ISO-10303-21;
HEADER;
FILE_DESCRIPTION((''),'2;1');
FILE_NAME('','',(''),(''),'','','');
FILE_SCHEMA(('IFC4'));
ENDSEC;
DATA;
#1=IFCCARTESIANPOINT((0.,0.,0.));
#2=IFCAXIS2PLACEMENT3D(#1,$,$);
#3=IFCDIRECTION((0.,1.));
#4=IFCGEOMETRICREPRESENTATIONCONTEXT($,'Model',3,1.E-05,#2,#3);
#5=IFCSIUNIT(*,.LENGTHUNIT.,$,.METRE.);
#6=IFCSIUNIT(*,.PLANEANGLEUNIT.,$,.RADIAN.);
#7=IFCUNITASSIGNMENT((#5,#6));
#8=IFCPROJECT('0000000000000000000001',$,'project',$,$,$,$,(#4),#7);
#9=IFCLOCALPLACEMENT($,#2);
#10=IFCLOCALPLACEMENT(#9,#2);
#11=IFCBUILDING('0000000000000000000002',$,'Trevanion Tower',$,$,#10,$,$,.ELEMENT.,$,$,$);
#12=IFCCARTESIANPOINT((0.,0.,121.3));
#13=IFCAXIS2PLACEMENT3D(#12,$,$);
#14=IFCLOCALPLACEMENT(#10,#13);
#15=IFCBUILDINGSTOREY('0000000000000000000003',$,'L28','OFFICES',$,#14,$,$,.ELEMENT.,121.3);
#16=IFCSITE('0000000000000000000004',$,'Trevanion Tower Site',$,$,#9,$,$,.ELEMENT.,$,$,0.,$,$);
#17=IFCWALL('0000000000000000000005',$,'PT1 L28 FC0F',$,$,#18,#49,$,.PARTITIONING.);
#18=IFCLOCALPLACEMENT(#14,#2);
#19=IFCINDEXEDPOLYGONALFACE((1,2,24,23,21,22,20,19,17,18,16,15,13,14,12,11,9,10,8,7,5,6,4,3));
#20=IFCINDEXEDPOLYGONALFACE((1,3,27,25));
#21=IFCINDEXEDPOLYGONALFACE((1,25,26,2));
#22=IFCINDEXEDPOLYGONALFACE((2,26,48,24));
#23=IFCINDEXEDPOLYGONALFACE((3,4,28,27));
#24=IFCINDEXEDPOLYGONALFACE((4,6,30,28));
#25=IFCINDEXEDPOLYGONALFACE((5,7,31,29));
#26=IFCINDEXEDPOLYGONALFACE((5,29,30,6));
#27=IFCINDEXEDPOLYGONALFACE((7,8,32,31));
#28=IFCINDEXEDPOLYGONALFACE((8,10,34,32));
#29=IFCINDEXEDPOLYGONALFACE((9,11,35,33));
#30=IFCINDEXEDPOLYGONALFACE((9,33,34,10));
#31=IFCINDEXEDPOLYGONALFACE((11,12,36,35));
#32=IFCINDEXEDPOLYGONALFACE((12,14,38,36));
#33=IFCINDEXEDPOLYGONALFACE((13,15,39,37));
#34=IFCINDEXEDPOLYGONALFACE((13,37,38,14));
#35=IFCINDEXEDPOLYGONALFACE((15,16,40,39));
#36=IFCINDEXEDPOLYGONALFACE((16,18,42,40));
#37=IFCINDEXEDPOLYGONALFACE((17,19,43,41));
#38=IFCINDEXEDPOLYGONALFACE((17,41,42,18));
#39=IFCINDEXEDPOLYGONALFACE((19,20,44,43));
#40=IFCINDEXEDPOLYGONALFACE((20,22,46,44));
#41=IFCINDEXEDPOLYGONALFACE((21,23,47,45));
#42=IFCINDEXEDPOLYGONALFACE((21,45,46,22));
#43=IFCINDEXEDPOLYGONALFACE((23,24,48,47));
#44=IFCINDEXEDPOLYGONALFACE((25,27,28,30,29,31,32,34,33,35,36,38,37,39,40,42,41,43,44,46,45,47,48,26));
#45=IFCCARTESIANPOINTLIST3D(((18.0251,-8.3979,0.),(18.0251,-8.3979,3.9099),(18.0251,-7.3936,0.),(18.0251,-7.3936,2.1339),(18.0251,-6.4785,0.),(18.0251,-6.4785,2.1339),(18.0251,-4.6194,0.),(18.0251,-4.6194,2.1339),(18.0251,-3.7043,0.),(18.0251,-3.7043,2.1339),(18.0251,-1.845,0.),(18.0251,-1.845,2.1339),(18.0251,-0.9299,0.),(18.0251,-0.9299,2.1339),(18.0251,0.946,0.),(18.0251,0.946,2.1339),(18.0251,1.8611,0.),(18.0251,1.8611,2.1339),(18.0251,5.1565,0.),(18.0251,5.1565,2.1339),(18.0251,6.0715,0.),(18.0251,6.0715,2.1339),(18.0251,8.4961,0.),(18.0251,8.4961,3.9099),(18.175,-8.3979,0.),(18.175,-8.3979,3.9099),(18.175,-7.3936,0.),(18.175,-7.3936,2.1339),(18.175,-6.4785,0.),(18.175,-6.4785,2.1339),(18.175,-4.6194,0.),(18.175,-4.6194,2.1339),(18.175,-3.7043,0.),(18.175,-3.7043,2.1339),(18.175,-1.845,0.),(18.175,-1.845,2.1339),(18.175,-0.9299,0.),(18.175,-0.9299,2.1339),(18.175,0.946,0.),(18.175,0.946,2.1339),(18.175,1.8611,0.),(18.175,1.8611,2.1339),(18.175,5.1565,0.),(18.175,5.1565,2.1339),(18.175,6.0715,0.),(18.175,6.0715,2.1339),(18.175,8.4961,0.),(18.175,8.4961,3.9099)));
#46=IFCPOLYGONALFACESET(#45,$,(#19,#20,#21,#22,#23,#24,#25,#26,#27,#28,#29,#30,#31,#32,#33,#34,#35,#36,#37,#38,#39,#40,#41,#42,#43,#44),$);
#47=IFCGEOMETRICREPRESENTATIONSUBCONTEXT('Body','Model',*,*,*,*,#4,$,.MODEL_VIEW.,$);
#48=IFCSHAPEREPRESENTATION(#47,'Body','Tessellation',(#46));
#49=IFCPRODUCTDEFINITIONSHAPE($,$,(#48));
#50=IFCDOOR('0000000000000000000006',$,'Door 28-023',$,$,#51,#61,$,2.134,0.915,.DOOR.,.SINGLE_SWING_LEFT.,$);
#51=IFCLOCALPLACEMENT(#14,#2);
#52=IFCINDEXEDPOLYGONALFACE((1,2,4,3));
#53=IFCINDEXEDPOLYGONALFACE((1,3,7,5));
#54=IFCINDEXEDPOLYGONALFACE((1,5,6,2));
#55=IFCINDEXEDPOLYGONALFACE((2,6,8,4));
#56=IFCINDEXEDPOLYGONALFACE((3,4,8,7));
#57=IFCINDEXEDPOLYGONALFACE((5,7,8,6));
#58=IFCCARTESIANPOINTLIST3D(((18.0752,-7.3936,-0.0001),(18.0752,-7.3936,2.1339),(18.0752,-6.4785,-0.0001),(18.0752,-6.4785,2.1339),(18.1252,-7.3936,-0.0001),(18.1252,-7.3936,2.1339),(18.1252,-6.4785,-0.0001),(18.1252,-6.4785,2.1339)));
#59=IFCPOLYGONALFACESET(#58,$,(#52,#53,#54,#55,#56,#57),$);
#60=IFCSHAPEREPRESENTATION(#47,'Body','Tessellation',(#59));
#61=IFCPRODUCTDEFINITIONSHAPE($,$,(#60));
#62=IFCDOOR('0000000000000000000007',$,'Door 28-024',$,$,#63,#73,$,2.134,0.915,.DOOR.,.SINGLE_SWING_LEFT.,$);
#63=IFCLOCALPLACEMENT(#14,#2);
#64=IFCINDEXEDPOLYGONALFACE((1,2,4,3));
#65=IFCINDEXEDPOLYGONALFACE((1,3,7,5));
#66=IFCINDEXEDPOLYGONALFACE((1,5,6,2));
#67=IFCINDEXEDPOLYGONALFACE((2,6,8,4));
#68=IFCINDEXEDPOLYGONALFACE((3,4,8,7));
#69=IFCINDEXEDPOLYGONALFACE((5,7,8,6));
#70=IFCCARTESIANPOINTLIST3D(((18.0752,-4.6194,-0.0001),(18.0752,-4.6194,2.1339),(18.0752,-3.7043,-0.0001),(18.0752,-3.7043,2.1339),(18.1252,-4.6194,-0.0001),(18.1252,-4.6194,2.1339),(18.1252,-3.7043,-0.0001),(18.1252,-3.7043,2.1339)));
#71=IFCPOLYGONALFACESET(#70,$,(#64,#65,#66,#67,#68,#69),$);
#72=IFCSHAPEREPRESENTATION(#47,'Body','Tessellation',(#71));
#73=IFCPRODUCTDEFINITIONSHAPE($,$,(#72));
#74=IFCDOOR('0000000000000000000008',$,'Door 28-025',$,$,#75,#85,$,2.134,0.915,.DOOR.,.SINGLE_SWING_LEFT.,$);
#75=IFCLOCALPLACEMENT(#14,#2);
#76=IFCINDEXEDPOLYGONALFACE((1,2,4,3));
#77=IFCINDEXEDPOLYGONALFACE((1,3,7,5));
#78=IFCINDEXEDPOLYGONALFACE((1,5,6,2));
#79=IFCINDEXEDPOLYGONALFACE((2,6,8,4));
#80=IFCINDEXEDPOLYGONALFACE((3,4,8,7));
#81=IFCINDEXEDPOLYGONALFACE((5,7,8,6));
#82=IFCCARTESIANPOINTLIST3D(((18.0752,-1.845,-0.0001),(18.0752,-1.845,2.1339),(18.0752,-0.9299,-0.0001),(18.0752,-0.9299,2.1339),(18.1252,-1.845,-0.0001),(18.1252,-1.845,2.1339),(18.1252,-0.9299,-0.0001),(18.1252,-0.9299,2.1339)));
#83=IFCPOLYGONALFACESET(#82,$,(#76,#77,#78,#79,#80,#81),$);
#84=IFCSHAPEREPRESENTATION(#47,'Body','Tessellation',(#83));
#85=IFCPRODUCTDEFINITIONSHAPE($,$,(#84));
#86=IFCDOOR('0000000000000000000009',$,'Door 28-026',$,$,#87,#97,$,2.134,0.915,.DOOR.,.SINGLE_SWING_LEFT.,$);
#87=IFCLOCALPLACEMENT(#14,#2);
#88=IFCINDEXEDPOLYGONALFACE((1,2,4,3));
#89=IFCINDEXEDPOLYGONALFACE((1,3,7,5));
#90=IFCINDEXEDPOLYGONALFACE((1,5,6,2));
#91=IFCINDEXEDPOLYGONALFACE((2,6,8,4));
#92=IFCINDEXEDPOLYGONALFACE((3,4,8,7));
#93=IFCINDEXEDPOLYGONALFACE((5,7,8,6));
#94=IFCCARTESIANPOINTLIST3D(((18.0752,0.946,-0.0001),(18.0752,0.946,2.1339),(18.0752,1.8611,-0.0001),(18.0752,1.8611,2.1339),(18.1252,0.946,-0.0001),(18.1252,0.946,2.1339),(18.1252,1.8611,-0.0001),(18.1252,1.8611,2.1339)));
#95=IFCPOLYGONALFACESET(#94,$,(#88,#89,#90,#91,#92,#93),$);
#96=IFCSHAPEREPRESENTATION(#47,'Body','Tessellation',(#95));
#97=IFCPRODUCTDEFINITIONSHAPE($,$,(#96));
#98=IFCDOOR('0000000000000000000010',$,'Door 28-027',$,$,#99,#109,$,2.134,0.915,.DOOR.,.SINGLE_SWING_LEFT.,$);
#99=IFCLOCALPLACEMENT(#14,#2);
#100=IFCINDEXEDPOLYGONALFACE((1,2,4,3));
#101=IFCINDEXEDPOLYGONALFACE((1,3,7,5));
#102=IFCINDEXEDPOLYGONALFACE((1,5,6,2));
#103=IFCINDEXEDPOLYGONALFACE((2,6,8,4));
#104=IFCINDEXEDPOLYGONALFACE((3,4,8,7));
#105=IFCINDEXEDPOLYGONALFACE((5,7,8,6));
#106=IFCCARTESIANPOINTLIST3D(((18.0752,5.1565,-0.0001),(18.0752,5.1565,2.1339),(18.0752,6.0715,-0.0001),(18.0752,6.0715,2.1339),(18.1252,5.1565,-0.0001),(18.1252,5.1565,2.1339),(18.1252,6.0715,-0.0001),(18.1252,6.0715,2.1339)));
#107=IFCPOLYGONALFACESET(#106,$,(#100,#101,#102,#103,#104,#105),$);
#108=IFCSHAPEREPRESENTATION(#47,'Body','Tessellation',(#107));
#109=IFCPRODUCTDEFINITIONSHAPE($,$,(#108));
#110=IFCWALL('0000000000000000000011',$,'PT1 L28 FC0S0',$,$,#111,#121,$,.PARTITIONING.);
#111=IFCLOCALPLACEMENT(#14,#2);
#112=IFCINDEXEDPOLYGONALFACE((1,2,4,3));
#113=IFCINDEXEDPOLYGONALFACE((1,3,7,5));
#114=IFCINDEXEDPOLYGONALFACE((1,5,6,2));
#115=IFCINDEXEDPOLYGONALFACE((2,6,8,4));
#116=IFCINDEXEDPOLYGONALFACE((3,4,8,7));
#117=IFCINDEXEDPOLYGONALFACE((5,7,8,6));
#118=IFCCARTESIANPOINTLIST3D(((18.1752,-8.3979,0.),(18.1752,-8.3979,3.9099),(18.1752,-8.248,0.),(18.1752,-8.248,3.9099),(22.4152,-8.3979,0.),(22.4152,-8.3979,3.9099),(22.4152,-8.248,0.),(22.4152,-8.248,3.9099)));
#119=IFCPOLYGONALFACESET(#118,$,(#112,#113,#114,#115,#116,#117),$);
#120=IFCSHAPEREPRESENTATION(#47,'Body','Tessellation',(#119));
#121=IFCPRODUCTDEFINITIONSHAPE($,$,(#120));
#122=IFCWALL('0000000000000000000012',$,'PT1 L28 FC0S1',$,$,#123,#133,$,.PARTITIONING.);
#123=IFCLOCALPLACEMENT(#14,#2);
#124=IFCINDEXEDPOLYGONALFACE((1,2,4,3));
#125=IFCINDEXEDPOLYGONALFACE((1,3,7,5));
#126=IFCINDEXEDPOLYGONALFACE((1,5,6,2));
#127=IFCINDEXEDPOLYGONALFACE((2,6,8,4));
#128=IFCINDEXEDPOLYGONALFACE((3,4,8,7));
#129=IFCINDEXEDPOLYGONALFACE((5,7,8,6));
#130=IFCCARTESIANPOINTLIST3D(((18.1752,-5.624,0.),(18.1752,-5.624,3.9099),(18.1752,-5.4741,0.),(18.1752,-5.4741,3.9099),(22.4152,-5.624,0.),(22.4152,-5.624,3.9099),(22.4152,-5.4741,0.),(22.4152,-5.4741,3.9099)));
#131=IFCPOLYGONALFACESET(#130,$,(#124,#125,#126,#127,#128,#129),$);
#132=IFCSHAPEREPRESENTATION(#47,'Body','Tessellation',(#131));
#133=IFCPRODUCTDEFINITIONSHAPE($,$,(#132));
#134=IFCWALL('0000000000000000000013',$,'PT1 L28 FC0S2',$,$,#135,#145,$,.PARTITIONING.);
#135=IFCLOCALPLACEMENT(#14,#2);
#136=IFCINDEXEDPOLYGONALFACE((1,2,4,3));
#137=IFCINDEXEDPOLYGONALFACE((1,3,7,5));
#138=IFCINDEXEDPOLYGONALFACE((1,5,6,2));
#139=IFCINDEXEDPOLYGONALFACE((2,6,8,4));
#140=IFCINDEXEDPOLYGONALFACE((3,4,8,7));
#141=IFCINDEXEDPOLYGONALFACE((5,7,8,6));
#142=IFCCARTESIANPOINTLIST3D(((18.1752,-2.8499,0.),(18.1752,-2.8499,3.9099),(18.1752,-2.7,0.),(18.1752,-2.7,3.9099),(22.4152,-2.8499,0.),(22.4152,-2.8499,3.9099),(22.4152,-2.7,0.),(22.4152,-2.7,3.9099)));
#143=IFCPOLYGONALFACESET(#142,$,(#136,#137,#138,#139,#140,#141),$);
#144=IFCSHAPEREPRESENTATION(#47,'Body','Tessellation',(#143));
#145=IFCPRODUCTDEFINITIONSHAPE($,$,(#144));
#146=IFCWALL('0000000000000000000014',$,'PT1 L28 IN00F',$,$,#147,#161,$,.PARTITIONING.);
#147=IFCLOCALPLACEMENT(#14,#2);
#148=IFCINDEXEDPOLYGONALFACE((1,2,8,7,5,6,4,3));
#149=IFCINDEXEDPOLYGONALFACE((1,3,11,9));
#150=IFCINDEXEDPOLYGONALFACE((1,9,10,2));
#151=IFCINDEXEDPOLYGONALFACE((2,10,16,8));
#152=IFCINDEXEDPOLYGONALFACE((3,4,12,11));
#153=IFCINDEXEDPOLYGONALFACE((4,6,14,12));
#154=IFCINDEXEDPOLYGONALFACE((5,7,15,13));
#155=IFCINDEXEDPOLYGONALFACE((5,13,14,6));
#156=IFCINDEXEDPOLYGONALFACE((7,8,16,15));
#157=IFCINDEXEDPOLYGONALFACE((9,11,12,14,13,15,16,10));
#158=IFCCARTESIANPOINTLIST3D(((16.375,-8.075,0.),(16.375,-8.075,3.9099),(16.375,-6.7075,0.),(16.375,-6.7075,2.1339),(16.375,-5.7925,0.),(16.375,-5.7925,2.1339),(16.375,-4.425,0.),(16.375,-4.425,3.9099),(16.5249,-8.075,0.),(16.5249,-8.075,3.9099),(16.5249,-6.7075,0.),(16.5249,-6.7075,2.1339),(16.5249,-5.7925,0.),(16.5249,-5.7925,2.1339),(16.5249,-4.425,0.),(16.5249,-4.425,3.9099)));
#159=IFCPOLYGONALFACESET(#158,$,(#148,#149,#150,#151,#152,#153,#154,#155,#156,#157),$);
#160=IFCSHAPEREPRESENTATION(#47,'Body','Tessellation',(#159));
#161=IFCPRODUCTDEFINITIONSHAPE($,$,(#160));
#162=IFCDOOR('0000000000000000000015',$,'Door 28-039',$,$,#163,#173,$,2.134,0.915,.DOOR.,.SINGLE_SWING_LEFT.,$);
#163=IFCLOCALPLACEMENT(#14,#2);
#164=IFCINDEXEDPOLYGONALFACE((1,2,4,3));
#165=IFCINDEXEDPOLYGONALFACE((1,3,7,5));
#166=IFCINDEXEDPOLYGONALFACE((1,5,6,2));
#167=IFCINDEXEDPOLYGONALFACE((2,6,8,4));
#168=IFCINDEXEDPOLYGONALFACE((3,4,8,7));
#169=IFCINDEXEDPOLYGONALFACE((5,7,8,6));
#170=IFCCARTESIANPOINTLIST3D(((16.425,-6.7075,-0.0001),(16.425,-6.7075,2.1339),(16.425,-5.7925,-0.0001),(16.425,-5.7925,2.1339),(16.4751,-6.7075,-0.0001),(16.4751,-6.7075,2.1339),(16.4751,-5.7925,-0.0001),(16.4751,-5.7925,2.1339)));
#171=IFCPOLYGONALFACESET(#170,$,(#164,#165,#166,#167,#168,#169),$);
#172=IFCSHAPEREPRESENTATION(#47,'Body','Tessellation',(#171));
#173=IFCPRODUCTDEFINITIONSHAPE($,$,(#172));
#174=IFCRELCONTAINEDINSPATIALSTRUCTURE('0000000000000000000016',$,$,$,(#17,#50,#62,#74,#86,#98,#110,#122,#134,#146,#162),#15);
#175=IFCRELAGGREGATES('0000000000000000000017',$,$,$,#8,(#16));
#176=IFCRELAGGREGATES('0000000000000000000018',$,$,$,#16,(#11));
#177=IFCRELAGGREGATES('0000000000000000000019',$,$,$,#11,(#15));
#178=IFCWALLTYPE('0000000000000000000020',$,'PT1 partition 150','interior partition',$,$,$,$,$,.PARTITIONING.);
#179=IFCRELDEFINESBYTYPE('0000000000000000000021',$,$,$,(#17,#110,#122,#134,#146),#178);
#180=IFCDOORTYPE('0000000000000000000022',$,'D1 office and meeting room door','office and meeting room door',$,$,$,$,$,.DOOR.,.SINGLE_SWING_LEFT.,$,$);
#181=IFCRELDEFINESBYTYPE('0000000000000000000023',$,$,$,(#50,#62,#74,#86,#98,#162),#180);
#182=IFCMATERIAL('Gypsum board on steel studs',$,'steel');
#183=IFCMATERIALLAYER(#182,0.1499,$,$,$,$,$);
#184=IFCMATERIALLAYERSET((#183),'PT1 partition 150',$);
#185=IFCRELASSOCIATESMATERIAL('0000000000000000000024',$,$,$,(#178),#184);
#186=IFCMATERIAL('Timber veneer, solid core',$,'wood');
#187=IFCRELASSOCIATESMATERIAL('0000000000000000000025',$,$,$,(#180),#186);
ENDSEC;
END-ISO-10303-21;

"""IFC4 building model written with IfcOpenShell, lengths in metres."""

from ifc_helpers import new_model, si_unit, direction, frame, frame_2d, origin, place, context, subcontext, project, spatial, rectangle, extrude, material, layer, layer_set, type_object, element, fill, save


model = new_model("IFC4")

# Units and contexts
model_context = context("Model", 3, precision=1e-05, world=origin(), true_north=direction((0.0, 1.0)))
body_context = subcontext(model_context, "Body", "Model", "MODEL_VIEW")
ifc_project = project(units=[si_unit("LENGTHUNIT", "METRE"), si_unit("PLANEANGLEUNIT", "RADIAN")], contexts=[model_context])

# Site, building, storey
site_placement = place(None, origin())
site = spatial("IfcSite", under=ifc_project, at=site_placement, Name="Trevanion Tower Site", CompositionType="ELEMENT", RefElevation=0.0)
building_placement = place(site_placement, origin())
building = spatial("IfcBuilding", under=site, at=building_placement, Name="Trevanion Tower", CompositionType="ELEMENT")
storey_placement = place(building_placement, frame((0.0, 0.0, 121.3)))
storey = spatial("IfcBuildingStorey", under=building, at=storey_placement, Name="L28", Description="OFFICES", CompositionType="ELEMENT", Elevation=121.3)

# Wall, openings, doors
ifc_material_1 = material(Name="Gypsum board on steel studs", Category="steel")
ifc_layer_1 = layer(ifc_material_1, 0.1499)
ifc_layer_set_1 = layer_set([ifc_layer_1], Name="PT1 partition 150")
wall_type = type_object("IfcWallType", Name="PT1 partition 150", Description="interior partition", PredefinedType="PARTITIONING", material=ifc_layer_set_1)
wall_1_placement = place(storey_placement, frame((18.1001, -8.3979, 0.0), z_axis=(0.0, 0.0, 1.0), x_axis=(0.0, 1.0, 0.0)))
wall_1 = element("IfcWall", 1, at=wall_1_placement, inside=storey, type_object=wall_type, Name="PT1 L28 FC0F", PredefinedType="PARTITIONING", context=body_context, shape_type="SweptSolid", body=[
    extrude(rectangle(XDim=16.894, YDim=0.1499, at=frame_2d((8.447, 0.0))), origin(), (0.0, 0.0, 1.0), 3.9099),
])
opening_1_placement = place(wall_1_placement, frame((1.0044, 0.0, 0.0)))
opening_1 = element("IfcOpeningElement", 2, at=opening_1_placement, cuts=wall_1, PredefinedType="OPENING", context=body_context, shape_type="SweptSolid", body=[
    extrude(rectangle(XDim=0.915, YDim=2.134, at=frame_2d((0.4575, 1.0669))), frame((0.0, 0.085, 0.0), z_axis=(0.0, -1.0, 0.0), x_axis=(1.0, 0.0, 0.0)), (0.0, 0.0, 1.0), 0.1699),
])
opening_2_placement = place(wall_1_placement, frame((3.7786, 0.0, 0.0)))
opening_2 = element("IfcOpeningElement", 3, at=opening_2_placement, cuts=wall_1, PredefinedType="OPENING", context=body_context, shape_type="SweptSolid", body=[
    extrude(rectangle(XDim=0.915, YDim=2.134, at=frame_2d((0.4575, 1.0669))), frame((0.0, 0.085, 0.0), z_axis=(0.0, -1.0, 0.0), x_axis=(1.0, 0.0, 0.0)), (0.0, 0.0, 1.0), 0.1699),
])
opening_3_placement = place(wall_1_placement, frame((6.553, 0.0, 0.0)))
opening_3 = element("IfcOpeningElement", 4, at=opening_3_placement, cuts=wall_1, PredefinedType="OPENING", context=body_context, shape_type="SweptSolid", body=[
    extrude(rectangle(XDim=0.915, YDim=2.134, at=frame_2d((0.4575, 1.0669))), frame((0.0, 0.085, 0.0), z_axis=(0.0, -1.0, 0.0), x_axis=(1.0, 0.0, 0.0)), (0.0, 0.0, 1.0), 0.1699),
])
opening_4_placement = place(wall_1_placement, frame((9.344, 0.0, 0.0)))
opening_4 = element("IfcOpeningElement", 5, at=opening_4_placement, cuts=wall_1, PredefinedType="OPENING", context=body_context, shape_type="SweptSolid", body=[
    extrude(rectangle(XDim=0.915, YDim=2.134, at=frame_2d((0.4575, 1.0669))), frame((0.0, 0.085, 0.0), z_axis=(0.0, -1.0, 0.0), x_axis=(1.0, 0.0, 0.0)), (0.0, 0.0, 1.0), 0.1699),
])
opening_5_placement = place(wall_1_placement, frame((13.5544, 0.0, 0.0)))
opening_5 = element("IfcOpeningElement", 6, at=opening_5_placement, cuts=wall_1, PredefinedType="OPENING", context=body_context, shape_type="SweptSolid", body=[
    extrude(rectangle(XDim=0.915, YDim=2.134, at=frame_2d((0.4575, 1.0669))), frame((0.0, 0.085, 0.0), z_axis=(0.0, -1.0, 0.0), x_axis=(1.0, 0.0, 0.0)), (0.0, 0.0, 1.0), 0.1699),
])
ifc_material_2 = material(Name="Timber veneer, solid core", Category="wood")
door_type = type_object("IfcDoorType", Name="D1 office and meeting room door", Description="office and meeting room door", OperationType="SINGLE_SWING_LEFT", PredefinedType="DOOR", material=ifc_material_2)
door_1_placement = place(opening_1_placement, origin())
door_1 = element("IfcDoor", 7, at=door_1_placement, inside=storey, type_object=door_type, Name="Door 28-023", OperationType="SINGLE_SWING_LEFT", OverallHeight=2.134, OverallWidth=0.915, PredefinedType="DOOR", context=body_context, shape_type="SweptSolid", body=[
    extrude(rectangle(XDim=0.915, YDim=2.134, at=frame_2d((0.4575, 1.0669))), frame((0.0, 0.0249, 0.0), z_axis=(0.0, -1.0, 0.0), x_axis=(1.0, 0.0, 0.0)), (0.0, 0.0, 1.0), 0.05),
])
fill(opening_1, door_1)
door_2_placement = place(opening_2_placement, origin())
door_2 = element("IfcDoor", 8, at=door_2_placement, inside=storey, type_object=door_type, Name="Door 28-024", OperationType="SINGLE_SWING_LEFT", OverallHeight=2.134, OverallWidth=0.915, PredefinedType="DOOR", context=body_context, shape_type="SweptSolid", body=[
    extrude(rectangle(XDim=0.915, YDim=2.134, at=frame_2d((0.4575, 1.0669))), frame((0.0, 0.0249, 0.0), z_axis=(0.0, -1.0, 0.0), x_axis=(1.0, 0.0, 0.0)), (0.0, 0.0, 1.0), 0.05),
])
fill(opening_2, door_2)
door_3_placement = place(opening_3_placement, origin())
door_3 = element("IfcDoor", 9, at=door_3_placement, inside=storey, type_object=door_type, Name="Door 28-025", OperationType="SINGLE_SWING_LEFT", OverallHeight=2.134, OverallWidth=0.915, PredefinedType="DOOR", context=body_context, shape_type="SweptSolid", body=[
    extrude(rectangle(XDim=0.915, YDim=2.134, at=frame_2d((0.4575, 1.0669))), frame((0.0, 0.0249, 0.0), z_axis=(0.0, -1.0, 0.0), x_axis=(1.0, 0.0, 0.0)), (0.0, 0.0, 1.0), 0.05),
])
fill(opening_3, door_3)
door_4_placement = place(opening_4_placement, origin())
door_4 = element("IfcDoor", 10, at=door_4_placement, inside=storey, type_object=door_type, Name="Door 28-026", OperationType="SINGLE_SWING_LEFT", OverallHeight=2.134, OverallWidth=0.915, PredefinedType="DOOR", context=body_context, shape_type="SweptSolid", body=[
    extrude(rectangle(XDim=0.915, YDim=2.134, at=frame_2d((0.4575, 1.0669))), frame((0.0, 0.0249, 0.0), z_axis=(0.0, -1.0, 0.0), x_axis=(1.0, 0.0, 0.0)), (0.0, 0.0, 1.0), 0.05),
])
fill(opening_4, door_4)
door_5_placement = place(opening_5_placement, origin())
door_5 = element("IfcDoor", 11, at=door_5_placement, inside=storey, type_object=door_type, Name="Door 28-027", OperationType="SINGLE_SWING_LEFT", OverallHeight=2.134, OverallWidth=0.915, PredefinedType="DOOR", context=body_context, shape_type="SweptSolid", body=[
    extrude(rectangle(XDim=0.915, YDim=2.134, at=frame_2d((0.4575, 1.0669))), frame((0.0, 0.0249, 0.0), z_axis=(0.0, -1.0, 0.0), x_axis=(1.0, 0.0, 0.0)), (0.0, 0.0, 1.0), 0.05),
])
fill(opening_5, door_5)

# Walls
for number, where, z_axis, x_axis, name in (
    (12, (18.175, -8.323, 0.0), (0.0, 0.0, 1.0), (1.0, 0.0, 0.0), "PT1 L28 FC0S0"),
    (13, (18.175, -5.5491, 0.0), (0.0, 0.0, 1.0), (1.0, 0.0, 0.0), "PT1 L28 FC0S1"),
    (14, (18.175, -2.7749, 0.0), (0.0, 0.0, 1.0), (1.0, 0.0, 0.0), "PT1 L28 FC0S2"),
):
    element("IfcWall", number, at=place(storey_placement, frame(where, z_axis=z_axis, x_axis=x_axis)), inside=storey, type_object=wall_type, Name=name, PredefinedType="PARTITIONING", context=body_context, shape_type="SweptSolid", body=[
        extrude(rectangle(XDim=4.24, YDim=0.1499, at=frame_2d((2.1201, 0.0))), origin(), (0.0, 0.0, 1.0), 3.9099),
    ])

# Wall, opening, door
wall_2_placement = place(storey_placement, frame((16.45, -8.075, 0.0), z_axis=(0.0, 0.0, 1.0), x_axis=(0.0, 1.0, 0.0)))
wall_2 = element("IfcWall", 15, at=wall_2_placement, inside=storey, type_object=wall_type, Name="PT1 L28 IN00F", PredefinedType="PARTITIONING", context=body_context, shape_type="SweptSolid", body=[
    extrude(rectangle(XDim=3.6499, YDim=0.1499, at=frame_2d((1.825, 0.0))), origin(), (0.0, 0.0, 1.0), 3.9099),
])
opening_6_placement = place(wall_2_placement, frame((1.3674, 0.0, 0.0)))
opening_6 = element("IfcOpeningElement", 16, at=opening_6_placement, cuts=wall_2, PredefinedType="OPENING", context=body_context, shape_type="SweptSolid", body=[
    extrude(rectangle(XDim=0.915, YDim=2.134, at=frame_2d((0.4575, 1.0669))), frame((0.0, 0.085, 0.0), z_axis=(0.0, -1.0, 0.0), x_axis=(1.0, 0.0, 0.0)), (0.0, 0.0, 1.0), 0.1699),
])
door_6_placement = place(opening_6_placement, origin())
door_6 = element("IfcDoor", 17, at=door_6_placement, inside=storey, type_object=door_type, Name="Door 28-039", OperationType="SINGLE_SWING_LEFT", OverallHeight=2.134, OverallWidth=0.915, PredefinedType="DOOR", context=body_context, shape_type="SweptSolid", body=[
    extrude(rectangle(XDim=0.915, YDim=2.134, at=frame_2d((0.4575, 1.0669))), frame((0.0, 0.0249, 0.0), z_axis=(0.0, -1.0, 0.0), x_axis=(1.0, 0.0, 0.0)), (0.0, 0.0, 1.0), 0.05),
])
fill(opening_6, door_6)

save(model, "model.ifc")
